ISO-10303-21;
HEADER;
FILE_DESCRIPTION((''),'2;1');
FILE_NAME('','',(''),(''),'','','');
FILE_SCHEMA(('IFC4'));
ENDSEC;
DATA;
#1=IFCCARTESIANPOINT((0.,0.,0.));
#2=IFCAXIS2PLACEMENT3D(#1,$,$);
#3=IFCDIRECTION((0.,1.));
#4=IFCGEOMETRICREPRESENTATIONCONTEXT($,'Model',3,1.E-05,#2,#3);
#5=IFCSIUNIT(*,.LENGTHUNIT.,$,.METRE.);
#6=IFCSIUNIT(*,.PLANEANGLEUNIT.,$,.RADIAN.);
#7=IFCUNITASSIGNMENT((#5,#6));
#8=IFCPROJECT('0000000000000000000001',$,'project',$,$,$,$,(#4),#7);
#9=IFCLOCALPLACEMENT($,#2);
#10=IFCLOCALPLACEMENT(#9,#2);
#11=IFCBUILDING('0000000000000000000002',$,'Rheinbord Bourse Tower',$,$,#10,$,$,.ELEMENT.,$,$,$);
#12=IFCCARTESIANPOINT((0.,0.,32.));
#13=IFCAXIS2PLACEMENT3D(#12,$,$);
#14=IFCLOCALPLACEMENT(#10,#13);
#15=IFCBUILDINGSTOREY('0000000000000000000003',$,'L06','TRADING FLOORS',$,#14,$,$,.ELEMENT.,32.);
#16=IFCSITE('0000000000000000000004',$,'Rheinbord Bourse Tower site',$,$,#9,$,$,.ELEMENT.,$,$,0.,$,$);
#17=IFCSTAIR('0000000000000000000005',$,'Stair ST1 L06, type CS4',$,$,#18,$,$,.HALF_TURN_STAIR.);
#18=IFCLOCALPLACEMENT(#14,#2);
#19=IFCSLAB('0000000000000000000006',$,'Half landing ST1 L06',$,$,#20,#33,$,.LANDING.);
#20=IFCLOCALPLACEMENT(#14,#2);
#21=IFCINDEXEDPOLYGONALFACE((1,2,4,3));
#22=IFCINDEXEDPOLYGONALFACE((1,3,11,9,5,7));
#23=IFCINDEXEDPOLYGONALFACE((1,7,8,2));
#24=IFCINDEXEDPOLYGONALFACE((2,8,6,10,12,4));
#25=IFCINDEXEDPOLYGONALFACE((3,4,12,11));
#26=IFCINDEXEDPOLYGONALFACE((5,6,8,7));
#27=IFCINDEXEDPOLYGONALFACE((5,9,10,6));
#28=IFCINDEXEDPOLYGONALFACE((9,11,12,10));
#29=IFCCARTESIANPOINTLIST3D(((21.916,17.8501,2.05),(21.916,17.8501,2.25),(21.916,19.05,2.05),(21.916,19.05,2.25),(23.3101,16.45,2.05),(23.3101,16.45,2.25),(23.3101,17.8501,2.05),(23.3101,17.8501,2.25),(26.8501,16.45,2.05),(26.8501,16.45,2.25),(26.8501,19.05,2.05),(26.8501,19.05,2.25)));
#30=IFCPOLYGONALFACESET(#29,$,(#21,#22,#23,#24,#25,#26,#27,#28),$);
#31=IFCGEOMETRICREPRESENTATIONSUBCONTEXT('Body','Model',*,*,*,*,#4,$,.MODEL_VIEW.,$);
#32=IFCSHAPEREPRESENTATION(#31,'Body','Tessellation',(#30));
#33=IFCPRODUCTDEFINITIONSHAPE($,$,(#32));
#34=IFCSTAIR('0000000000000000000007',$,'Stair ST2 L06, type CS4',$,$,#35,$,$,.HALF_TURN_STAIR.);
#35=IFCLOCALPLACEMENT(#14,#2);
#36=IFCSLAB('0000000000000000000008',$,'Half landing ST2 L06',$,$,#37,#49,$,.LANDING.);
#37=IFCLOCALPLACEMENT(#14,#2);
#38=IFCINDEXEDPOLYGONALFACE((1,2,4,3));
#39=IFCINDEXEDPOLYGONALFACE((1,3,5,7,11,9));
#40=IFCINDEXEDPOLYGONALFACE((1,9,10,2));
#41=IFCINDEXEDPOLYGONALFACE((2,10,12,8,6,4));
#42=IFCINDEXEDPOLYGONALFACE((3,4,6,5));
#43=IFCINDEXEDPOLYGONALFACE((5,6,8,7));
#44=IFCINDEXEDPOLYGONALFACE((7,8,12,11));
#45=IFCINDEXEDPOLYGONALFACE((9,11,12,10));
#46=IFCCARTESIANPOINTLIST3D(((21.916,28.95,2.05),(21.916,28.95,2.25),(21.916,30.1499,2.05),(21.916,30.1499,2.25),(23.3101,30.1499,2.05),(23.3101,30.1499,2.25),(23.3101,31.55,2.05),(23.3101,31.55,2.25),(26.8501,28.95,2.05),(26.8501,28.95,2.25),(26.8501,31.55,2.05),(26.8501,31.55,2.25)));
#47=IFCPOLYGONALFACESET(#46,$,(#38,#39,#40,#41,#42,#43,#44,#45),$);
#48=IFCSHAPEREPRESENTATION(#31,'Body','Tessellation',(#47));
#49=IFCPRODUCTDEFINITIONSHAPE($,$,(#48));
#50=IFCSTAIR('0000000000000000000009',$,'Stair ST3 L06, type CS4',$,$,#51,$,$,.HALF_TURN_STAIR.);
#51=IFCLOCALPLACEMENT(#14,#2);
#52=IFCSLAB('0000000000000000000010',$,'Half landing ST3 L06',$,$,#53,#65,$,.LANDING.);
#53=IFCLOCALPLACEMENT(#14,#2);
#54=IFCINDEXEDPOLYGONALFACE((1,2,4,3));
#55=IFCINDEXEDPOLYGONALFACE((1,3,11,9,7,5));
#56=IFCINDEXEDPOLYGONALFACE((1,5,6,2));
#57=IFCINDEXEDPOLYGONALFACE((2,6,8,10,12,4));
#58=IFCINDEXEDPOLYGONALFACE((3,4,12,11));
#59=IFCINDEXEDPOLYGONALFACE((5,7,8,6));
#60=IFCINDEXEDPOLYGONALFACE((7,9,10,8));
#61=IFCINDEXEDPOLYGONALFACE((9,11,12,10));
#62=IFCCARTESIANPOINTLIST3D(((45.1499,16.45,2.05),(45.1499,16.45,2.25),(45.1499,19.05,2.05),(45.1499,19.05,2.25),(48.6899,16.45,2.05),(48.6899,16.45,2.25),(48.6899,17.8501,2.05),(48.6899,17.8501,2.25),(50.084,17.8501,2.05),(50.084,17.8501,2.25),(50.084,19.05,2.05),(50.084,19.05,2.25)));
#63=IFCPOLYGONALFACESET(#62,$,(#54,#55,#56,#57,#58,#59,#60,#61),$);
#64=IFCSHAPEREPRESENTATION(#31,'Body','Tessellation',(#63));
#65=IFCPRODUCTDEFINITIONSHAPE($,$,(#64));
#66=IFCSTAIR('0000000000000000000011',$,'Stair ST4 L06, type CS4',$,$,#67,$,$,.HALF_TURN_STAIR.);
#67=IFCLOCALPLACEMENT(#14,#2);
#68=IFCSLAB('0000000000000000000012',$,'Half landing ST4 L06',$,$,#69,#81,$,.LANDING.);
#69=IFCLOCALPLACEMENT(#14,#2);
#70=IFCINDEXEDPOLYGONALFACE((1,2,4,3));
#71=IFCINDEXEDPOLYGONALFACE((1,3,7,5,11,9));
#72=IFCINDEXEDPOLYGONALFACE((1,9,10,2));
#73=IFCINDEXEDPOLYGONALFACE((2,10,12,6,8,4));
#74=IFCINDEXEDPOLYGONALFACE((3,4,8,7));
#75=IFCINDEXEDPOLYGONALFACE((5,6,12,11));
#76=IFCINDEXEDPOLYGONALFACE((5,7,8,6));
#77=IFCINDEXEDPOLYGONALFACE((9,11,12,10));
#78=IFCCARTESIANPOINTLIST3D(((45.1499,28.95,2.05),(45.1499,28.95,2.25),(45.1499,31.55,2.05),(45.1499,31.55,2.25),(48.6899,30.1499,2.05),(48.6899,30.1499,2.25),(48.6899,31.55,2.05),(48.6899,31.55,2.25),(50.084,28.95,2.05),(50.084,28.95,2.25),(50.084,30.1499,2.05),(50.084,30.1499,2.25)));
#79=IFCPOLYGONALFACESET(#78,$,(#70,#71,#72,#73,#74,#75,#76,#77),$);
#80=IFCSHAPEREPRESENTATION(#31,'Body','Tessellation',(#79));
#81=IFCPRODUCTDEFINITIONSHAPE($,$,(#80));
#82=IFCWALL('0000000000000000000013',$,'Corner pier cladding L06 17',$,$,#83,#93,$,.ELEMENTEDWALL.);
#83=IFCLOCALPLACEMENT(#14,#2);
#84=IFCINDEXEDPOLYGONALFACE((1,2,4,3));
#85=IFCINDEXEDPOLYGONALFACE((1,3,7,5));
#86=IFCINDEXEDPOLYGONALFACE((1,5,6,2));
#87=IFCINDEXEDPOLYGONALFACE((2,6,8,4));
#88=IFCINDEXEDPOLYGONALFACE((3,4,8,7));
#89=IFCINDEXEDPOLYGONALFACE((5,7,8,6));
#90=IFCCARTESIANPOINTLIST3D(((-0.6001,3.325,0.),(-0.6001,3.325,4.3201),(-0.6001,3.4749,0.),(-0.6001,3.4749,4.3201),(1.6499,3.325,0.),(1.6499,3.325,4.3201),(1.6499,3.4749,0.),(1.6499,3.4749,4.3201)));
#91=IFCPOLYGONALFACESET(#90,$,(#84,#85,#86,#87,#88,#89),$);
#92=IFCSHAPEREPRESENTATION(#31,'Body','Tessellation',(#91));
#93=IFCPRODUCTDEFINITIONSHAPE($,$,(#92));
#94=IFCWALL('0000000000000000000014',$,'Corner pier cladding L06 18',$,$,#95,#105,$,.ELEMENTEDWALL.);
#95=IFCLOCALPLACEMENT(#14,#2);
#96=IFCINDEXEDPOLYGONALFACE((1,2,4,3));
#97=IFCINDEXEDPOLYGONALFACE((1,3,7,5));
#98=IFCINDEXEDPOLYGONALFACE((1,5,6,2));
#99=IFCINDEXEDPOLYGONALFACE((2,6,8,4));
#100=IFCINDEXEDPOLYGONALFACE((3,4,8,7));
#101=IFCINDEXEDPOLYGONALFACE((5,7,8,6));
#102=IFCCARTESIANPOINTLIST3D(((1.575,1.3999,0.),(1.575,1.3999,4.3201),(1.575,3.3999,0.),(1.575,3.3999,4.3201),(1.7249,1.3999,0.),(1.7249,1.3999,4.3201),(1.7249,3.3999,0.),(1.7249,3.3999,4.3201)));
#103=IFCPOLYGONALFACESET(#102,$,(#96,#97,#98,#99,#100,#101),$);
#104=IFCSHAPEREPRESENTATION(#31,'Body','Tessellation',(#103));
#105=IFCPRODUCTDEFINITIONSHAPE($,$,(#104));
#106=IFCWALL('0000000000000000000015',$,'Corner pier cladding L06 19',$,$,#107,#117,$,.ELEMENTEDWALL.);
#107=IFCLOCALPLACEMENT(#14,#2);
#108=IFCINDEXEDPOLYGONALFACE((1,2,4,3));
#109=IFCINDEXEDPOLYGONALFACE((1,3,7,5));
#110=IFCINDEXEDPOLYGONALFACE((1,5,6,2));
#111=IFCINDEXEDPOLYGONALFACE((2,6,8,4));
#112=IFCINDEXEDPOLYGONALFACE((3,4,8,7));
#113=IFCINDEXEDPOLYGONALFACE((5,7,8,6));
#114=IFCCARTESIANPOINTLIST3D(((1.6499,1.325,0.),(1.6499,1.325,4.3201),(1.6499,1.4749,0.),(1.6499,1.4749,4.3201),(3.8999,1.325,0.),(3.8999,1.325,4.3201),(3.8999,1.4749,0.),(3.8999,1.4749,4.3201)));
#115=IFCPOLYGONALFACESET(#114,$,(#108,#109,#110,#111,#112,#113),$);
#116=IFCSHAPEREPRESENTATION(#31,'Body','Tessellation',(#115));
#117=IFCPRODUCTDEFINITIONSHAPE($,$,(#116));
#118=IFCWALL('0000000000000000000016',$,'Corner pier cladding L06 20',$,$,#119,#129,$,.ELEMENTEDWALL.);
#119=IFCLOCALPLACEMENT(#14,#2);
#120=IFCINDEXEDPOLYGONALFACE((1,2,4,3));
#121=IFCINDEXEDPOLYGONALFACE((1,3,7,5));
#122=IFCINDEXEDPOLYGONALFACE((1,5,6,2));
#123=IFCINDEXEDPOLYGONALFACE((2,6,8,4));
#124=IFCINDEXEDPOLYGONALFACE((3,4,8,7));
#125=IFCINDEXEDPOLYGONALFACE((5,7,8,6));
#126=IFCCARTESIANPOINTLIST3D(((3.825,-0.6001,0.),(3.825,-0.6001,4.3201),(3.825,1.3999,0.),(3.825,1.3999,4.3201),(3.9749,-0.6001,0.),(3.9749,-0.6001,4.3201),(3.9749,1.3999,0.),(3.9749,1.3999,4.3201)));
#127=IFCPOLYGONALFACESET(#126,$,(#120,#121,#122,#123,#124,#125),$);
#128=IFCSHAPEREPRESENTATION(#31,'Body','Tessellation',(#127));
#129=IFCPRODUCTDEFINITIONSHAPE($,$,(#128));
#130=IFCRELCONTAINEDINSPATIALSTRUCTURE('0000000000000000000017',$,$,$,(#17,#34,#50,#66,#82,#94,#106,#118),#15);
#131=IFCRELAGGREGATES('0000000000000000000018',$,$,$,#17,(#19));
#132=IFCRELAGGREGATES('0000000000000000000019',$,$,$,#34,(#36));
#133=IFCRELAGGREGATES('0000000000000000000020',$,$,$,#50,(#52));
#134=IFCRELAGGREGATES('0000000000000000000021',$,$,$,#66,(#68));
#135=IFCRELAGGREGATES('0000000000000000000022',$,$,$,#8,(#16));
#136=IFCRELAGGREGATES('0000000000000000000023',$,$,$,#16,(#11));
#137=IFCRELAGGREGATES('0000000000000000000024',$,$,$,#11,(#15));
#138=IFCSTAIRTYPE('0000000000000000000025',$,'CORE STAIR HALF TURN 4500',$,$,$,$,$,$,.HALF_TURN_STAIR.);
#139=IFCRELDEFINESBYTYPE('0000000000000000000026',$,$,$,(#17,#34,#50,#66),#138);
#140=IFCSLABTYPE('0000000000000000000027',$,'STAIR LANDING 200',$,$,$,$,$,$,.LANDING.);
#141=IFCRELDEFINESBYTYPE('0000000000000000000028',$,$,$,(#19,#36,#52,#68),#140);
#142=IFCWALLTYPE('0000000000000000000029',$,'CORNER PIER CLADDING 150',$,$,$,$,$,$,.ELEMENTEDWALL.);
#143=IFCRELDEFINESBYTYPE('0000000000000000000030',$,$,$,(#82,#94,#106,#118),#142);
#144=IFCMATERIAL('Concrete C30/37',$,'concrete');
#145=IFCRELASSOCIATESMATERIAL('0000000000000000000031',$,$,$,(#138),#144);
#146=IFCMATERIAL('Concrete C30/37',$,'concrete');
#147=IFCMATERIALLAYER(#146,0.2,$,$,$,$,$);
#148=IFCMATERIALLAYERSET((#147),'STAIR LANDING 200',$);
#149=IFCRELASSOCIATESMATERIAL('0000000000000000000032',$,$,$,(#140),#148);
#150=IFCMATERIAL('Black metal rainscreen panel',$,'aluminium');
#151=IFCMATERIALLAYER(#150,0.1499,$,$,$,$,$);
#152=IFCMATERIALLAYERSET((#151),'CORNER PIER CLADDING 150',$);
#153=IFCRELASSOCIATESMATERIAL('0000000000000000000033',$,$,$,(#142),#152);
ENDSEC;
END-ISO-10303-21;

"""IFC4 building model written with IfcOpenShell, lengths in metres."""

from ifc_helpers import new_model, si_unit, direction, frame, frame_2d, origin, place, context, subcontext, project, spatial, polyline, rectangle, outline, extrude, material, layer, layer_set, type_object, element, aggregate, save


model = new_model("IFC4")

# Units and contexts
model_context = context("Model", 3, precision=1e-05, world=origin(), true_north=direction((0.0, 1.0)))
body_context = subcontext(model_context, "Body", "Model", "MODEL_VIEW")
ifc_project = project(units=[si_unit("LENGTHUNIT", "METRE"), si_unit("PLANEANGLEUNIT", "RADIAN")], contexts=[model_context])

# Site, building, storey
site_placement = place(None, origin())
site = spatial("IfcSite", under=ifc_project, at=site_placement, Name="Rheinbord Bourse Tower site", CompositionType="ELEMENT", RefElevation=0.0)
building_placement = place(site_placement, origin())
building = spatial("IfcBuilding", under=site, at=building_placement, Name="Rheinbord Bourse Tower", CompositionType="ELEMENT")
storey_placement = place(building_placement, frame((0.0, 0.0, 32.0)))
storey = spatial("IfcBuildingStorey", under=building, at=storey_placement, Name="L06", Description="TRADING FLOORS", CompositionType="ELEMENT", Elevation=32.0)

# Stairs, slabs
ifc_material_1 = material(Name="Concrete C30/37", Category="concrete")
stair_type = type_object("IfcStairType", Name="CORE STAIR HALF TURN 4500", PredefinedType="HALF_TURN_STAIR", material=ifc_material_1)
stair_1_placement = place(storey_placement, origin())
stair_1 = element("IfcStair", 1, at=stair_1_placement, inside=storey, type_object=stair_type, Name="Stair ST1 L06, type CS4", PredefinedType="HALF_TURN_STAIR")
ifc_material_2 = material(Name="Concrete C30/37", Category="concrete")
ifc_layer_1 = layer(ifc_material_2, 0.2)
ifc_layer_set_1 = layer_set([ifc_layer_1], Name="STAIR LANDING 200")
slab_type_1 = type_object("IfcSlabType", Name="STAIR LANDING 200", PredefinedType="LANDING", material=ifc_layer_set_1)
slab_1_placement = place(storey_placement, frame((0.0, 0.0, 2.05)))
slab_1 = element("IfcSlab", 2, at=slab_1_placement, type_object=slab_type_1, Name="Half landing ST1 L06", PredefinedType="LANDING", context=body_context, shape_type="SweptSolid", body=[
    extrude(outline(polyline([(23.3101, 16.45), (26.8501, 16.45), (26.8501, 19.05), (21.916, 19.05), (21.916, 17.8501), (23.3101, 17.8501), (23.3101, 16.45)])), origin(), (0.0, 0.0, 1.0), 0.2),
])
aggregate(stair_1, [slab_1])
stair_2_placement = place(storey_placement, origin())
stair_2 = element("IfcStair", 3, at=stair_2_placement, inside=storey, type_object=stair_type, Name="Stair ST2 L06, type CS4", PredefinedType="HALF_TURN_STAIR")
slab_2_placement = place(storey_placement, frame((0.0, 0.0, 2.05)))
slab_2 = element("IfcSlab", 4, at=slab_2_placement, type_object=slab_type_1, Name="Half landing ST2 L06", PredefinedType="LANDING", context=body_context, shape_type="SweptSolid", body=[
    extrude(outline(polyline([(21.916, 28.95), (26.8501, 28.95), (26.8501, 31.55), (23.3101, 31.55), (23.3101, 30.1499), (21.916, 30.1499), (21.916, 28.95)])), origin(), (0.0, 0.0, 1.0), 0.2),
])
aggregate(stair_2, [slab_2])
stair_3_placement = place(storey_placement, origin())
stair_3 = element("IfcStair", 5, at=stair_3_placement, inside=storey, type_object=stair_type, Name="Stair ST3 L06, type CS4", PredefinedType="HALF_TURN_STAIR")
slab_3_placement = place(storey_placement, frame((0.0, 0.0, 2.05)))
slab_3 = element("IfcSlab", 6, at=slab_3_placement, type_object=slab_type_1, Name="Half landing ST3 L06", PredefinedType="LANDING", context=body_context, shape_type="SweptSolid", body=[
    extrude(outline(polyline([(45.1499, 16.45), (48.6899, 16.45), (48.6899, 17.8501), (50.084, 17.8501), (50.084, 19.05), (45.1499, 19.05), (45.1499, 16.45)])), origin(), (0.0, 0.0, 1.0), 0.2),
])
aggregate(stair_3, [slab_3])
stair_4_placement = place(storey_placement, origin())
stair_4 = element("IfcStair", 7, at=stair_4_placement, inside=storey, type_object=stair_type, Name="Stair ST4 L06, type CS4", PredefinedType="HALF_TURN_STAIR")
slab_4_placement = place(storey_placement, frame((0.0, 0.0, 2.05)))
slab_4 = element("IfcSlab", 8, at=slab_4_placement, type_object=slab_type_1, Name="Half landing ST4 L06", PredefinedType="LANDING", context=body_context, shape_type="SweptSolid", body=[
    extrude(outline(polyline([(45.1499, 28.95), (50.084, 28.95), (50.084, 30.1499), (48.6899, 30.1499), (48.6899, 31.55), (45.1499, 31.55), (45.1499, 28.95)])), origin(), (0.0, 0.0, 1.0), 0.2),
])
aggregate(stair_4, [slab_4])

# Walls
ifc_material_3 = material(Name="Black metal rainscreen panel", Category="aluminium")
ifc_layer_2 = layer(ifc_material_3, 0.1499)
ifc_layer_set_2 = layer_set([ifc_layer_2], Name="CORNER PIER CLADDING 150")
wall_type = type_object("IfcWallType", Name="CORNER PIER CLADDING 150", PredefinedType="ELEMENTEDWALL", material=ifc_layer_set_2)
wall_1_placement = place(storey_placement, frame((-0.6001, 3.3999, 0.0), z_axis=(0.0, 0.0, 1.0), x_axis=(1.0, 0.0, 0.0)))
element("IfcWall", 9, at=wall_1_placement, inside=storey, type_object=wall_type, Name="Corner pier cladding L06 17", PredefinedType="ELEMENTEDWALL", context=body_context, shape_type="SweptSolid", body=[
    extrude(rectangle(XDim=2.25, YDim=0.1499, at=frame_2d((1.125, 0.0))), origin(), (0.0, 0.0, 1.0), 4.3201),
])
wall_2_placement = place(storey_placement, frame((1.6499, 3.3999, 0.0), z_axis=(0.0, 0.0, 1.0), x_axis=(0.0, -1.0, 0.0)))
element("IfcWall", 10, at=wall_2_placement, inside=storey, type_object=wall_type, Name="Corner pier cladding L06 18", PredefinedType="ELEMENTEDWALL", context=body_context, shape_type="SweptSolid", body=[
    extrude(rectangle(XDim=2.0, YDim=0.1499, at=frame_2d((1.0, 0.0))), origin(), (0.0, 0.0, 1.0), 4.3201),
])
wall_3_placement = place(storey_placement, frame((1.6499, 1.3999, 0.0), z_axis=(0.0, 0.0, 1.0), x_axis=(1.0, 0.0, 0.0)))
element("IfcWall", 11, at=wall_3_placement, inside=storey, type_object=wall_type, Name="Corner pier cladding L06 19", PredefinedType="ELEMENTEDWALL", context=body_context, shape_type="SweptSolid", body=[
    extrude(rectangle(XDim=2.25, YDim=0.1499, at=frame_2d((1.125, 0.0))), origin(), (0.0, 0.0, 1.0), 4.3201),
])
wall_4_placement = place(storey_placement, frame((3.8999, 1.3999, 0.0), z_axis=(0.0, 0.0, 1.0), x_axis=(0.0, -1.0, 0.0)))
element("IfcWall", 12, at=wall_4_placement, inside=storey, type_object=wall_type, Name="Corner pier cladding L06 20", PredefinedType="ELEMENTEDWALL", context=body_context, shape_type="SweptSolid", body=[
    extrude(rectangle(XDim=2.0, YDim=0.1499, at=frame_2d((1.0, 0.0))), origin(), (0.0, 0.0, 1.0), 4.3201),
])

save(model, "model.ifc")
